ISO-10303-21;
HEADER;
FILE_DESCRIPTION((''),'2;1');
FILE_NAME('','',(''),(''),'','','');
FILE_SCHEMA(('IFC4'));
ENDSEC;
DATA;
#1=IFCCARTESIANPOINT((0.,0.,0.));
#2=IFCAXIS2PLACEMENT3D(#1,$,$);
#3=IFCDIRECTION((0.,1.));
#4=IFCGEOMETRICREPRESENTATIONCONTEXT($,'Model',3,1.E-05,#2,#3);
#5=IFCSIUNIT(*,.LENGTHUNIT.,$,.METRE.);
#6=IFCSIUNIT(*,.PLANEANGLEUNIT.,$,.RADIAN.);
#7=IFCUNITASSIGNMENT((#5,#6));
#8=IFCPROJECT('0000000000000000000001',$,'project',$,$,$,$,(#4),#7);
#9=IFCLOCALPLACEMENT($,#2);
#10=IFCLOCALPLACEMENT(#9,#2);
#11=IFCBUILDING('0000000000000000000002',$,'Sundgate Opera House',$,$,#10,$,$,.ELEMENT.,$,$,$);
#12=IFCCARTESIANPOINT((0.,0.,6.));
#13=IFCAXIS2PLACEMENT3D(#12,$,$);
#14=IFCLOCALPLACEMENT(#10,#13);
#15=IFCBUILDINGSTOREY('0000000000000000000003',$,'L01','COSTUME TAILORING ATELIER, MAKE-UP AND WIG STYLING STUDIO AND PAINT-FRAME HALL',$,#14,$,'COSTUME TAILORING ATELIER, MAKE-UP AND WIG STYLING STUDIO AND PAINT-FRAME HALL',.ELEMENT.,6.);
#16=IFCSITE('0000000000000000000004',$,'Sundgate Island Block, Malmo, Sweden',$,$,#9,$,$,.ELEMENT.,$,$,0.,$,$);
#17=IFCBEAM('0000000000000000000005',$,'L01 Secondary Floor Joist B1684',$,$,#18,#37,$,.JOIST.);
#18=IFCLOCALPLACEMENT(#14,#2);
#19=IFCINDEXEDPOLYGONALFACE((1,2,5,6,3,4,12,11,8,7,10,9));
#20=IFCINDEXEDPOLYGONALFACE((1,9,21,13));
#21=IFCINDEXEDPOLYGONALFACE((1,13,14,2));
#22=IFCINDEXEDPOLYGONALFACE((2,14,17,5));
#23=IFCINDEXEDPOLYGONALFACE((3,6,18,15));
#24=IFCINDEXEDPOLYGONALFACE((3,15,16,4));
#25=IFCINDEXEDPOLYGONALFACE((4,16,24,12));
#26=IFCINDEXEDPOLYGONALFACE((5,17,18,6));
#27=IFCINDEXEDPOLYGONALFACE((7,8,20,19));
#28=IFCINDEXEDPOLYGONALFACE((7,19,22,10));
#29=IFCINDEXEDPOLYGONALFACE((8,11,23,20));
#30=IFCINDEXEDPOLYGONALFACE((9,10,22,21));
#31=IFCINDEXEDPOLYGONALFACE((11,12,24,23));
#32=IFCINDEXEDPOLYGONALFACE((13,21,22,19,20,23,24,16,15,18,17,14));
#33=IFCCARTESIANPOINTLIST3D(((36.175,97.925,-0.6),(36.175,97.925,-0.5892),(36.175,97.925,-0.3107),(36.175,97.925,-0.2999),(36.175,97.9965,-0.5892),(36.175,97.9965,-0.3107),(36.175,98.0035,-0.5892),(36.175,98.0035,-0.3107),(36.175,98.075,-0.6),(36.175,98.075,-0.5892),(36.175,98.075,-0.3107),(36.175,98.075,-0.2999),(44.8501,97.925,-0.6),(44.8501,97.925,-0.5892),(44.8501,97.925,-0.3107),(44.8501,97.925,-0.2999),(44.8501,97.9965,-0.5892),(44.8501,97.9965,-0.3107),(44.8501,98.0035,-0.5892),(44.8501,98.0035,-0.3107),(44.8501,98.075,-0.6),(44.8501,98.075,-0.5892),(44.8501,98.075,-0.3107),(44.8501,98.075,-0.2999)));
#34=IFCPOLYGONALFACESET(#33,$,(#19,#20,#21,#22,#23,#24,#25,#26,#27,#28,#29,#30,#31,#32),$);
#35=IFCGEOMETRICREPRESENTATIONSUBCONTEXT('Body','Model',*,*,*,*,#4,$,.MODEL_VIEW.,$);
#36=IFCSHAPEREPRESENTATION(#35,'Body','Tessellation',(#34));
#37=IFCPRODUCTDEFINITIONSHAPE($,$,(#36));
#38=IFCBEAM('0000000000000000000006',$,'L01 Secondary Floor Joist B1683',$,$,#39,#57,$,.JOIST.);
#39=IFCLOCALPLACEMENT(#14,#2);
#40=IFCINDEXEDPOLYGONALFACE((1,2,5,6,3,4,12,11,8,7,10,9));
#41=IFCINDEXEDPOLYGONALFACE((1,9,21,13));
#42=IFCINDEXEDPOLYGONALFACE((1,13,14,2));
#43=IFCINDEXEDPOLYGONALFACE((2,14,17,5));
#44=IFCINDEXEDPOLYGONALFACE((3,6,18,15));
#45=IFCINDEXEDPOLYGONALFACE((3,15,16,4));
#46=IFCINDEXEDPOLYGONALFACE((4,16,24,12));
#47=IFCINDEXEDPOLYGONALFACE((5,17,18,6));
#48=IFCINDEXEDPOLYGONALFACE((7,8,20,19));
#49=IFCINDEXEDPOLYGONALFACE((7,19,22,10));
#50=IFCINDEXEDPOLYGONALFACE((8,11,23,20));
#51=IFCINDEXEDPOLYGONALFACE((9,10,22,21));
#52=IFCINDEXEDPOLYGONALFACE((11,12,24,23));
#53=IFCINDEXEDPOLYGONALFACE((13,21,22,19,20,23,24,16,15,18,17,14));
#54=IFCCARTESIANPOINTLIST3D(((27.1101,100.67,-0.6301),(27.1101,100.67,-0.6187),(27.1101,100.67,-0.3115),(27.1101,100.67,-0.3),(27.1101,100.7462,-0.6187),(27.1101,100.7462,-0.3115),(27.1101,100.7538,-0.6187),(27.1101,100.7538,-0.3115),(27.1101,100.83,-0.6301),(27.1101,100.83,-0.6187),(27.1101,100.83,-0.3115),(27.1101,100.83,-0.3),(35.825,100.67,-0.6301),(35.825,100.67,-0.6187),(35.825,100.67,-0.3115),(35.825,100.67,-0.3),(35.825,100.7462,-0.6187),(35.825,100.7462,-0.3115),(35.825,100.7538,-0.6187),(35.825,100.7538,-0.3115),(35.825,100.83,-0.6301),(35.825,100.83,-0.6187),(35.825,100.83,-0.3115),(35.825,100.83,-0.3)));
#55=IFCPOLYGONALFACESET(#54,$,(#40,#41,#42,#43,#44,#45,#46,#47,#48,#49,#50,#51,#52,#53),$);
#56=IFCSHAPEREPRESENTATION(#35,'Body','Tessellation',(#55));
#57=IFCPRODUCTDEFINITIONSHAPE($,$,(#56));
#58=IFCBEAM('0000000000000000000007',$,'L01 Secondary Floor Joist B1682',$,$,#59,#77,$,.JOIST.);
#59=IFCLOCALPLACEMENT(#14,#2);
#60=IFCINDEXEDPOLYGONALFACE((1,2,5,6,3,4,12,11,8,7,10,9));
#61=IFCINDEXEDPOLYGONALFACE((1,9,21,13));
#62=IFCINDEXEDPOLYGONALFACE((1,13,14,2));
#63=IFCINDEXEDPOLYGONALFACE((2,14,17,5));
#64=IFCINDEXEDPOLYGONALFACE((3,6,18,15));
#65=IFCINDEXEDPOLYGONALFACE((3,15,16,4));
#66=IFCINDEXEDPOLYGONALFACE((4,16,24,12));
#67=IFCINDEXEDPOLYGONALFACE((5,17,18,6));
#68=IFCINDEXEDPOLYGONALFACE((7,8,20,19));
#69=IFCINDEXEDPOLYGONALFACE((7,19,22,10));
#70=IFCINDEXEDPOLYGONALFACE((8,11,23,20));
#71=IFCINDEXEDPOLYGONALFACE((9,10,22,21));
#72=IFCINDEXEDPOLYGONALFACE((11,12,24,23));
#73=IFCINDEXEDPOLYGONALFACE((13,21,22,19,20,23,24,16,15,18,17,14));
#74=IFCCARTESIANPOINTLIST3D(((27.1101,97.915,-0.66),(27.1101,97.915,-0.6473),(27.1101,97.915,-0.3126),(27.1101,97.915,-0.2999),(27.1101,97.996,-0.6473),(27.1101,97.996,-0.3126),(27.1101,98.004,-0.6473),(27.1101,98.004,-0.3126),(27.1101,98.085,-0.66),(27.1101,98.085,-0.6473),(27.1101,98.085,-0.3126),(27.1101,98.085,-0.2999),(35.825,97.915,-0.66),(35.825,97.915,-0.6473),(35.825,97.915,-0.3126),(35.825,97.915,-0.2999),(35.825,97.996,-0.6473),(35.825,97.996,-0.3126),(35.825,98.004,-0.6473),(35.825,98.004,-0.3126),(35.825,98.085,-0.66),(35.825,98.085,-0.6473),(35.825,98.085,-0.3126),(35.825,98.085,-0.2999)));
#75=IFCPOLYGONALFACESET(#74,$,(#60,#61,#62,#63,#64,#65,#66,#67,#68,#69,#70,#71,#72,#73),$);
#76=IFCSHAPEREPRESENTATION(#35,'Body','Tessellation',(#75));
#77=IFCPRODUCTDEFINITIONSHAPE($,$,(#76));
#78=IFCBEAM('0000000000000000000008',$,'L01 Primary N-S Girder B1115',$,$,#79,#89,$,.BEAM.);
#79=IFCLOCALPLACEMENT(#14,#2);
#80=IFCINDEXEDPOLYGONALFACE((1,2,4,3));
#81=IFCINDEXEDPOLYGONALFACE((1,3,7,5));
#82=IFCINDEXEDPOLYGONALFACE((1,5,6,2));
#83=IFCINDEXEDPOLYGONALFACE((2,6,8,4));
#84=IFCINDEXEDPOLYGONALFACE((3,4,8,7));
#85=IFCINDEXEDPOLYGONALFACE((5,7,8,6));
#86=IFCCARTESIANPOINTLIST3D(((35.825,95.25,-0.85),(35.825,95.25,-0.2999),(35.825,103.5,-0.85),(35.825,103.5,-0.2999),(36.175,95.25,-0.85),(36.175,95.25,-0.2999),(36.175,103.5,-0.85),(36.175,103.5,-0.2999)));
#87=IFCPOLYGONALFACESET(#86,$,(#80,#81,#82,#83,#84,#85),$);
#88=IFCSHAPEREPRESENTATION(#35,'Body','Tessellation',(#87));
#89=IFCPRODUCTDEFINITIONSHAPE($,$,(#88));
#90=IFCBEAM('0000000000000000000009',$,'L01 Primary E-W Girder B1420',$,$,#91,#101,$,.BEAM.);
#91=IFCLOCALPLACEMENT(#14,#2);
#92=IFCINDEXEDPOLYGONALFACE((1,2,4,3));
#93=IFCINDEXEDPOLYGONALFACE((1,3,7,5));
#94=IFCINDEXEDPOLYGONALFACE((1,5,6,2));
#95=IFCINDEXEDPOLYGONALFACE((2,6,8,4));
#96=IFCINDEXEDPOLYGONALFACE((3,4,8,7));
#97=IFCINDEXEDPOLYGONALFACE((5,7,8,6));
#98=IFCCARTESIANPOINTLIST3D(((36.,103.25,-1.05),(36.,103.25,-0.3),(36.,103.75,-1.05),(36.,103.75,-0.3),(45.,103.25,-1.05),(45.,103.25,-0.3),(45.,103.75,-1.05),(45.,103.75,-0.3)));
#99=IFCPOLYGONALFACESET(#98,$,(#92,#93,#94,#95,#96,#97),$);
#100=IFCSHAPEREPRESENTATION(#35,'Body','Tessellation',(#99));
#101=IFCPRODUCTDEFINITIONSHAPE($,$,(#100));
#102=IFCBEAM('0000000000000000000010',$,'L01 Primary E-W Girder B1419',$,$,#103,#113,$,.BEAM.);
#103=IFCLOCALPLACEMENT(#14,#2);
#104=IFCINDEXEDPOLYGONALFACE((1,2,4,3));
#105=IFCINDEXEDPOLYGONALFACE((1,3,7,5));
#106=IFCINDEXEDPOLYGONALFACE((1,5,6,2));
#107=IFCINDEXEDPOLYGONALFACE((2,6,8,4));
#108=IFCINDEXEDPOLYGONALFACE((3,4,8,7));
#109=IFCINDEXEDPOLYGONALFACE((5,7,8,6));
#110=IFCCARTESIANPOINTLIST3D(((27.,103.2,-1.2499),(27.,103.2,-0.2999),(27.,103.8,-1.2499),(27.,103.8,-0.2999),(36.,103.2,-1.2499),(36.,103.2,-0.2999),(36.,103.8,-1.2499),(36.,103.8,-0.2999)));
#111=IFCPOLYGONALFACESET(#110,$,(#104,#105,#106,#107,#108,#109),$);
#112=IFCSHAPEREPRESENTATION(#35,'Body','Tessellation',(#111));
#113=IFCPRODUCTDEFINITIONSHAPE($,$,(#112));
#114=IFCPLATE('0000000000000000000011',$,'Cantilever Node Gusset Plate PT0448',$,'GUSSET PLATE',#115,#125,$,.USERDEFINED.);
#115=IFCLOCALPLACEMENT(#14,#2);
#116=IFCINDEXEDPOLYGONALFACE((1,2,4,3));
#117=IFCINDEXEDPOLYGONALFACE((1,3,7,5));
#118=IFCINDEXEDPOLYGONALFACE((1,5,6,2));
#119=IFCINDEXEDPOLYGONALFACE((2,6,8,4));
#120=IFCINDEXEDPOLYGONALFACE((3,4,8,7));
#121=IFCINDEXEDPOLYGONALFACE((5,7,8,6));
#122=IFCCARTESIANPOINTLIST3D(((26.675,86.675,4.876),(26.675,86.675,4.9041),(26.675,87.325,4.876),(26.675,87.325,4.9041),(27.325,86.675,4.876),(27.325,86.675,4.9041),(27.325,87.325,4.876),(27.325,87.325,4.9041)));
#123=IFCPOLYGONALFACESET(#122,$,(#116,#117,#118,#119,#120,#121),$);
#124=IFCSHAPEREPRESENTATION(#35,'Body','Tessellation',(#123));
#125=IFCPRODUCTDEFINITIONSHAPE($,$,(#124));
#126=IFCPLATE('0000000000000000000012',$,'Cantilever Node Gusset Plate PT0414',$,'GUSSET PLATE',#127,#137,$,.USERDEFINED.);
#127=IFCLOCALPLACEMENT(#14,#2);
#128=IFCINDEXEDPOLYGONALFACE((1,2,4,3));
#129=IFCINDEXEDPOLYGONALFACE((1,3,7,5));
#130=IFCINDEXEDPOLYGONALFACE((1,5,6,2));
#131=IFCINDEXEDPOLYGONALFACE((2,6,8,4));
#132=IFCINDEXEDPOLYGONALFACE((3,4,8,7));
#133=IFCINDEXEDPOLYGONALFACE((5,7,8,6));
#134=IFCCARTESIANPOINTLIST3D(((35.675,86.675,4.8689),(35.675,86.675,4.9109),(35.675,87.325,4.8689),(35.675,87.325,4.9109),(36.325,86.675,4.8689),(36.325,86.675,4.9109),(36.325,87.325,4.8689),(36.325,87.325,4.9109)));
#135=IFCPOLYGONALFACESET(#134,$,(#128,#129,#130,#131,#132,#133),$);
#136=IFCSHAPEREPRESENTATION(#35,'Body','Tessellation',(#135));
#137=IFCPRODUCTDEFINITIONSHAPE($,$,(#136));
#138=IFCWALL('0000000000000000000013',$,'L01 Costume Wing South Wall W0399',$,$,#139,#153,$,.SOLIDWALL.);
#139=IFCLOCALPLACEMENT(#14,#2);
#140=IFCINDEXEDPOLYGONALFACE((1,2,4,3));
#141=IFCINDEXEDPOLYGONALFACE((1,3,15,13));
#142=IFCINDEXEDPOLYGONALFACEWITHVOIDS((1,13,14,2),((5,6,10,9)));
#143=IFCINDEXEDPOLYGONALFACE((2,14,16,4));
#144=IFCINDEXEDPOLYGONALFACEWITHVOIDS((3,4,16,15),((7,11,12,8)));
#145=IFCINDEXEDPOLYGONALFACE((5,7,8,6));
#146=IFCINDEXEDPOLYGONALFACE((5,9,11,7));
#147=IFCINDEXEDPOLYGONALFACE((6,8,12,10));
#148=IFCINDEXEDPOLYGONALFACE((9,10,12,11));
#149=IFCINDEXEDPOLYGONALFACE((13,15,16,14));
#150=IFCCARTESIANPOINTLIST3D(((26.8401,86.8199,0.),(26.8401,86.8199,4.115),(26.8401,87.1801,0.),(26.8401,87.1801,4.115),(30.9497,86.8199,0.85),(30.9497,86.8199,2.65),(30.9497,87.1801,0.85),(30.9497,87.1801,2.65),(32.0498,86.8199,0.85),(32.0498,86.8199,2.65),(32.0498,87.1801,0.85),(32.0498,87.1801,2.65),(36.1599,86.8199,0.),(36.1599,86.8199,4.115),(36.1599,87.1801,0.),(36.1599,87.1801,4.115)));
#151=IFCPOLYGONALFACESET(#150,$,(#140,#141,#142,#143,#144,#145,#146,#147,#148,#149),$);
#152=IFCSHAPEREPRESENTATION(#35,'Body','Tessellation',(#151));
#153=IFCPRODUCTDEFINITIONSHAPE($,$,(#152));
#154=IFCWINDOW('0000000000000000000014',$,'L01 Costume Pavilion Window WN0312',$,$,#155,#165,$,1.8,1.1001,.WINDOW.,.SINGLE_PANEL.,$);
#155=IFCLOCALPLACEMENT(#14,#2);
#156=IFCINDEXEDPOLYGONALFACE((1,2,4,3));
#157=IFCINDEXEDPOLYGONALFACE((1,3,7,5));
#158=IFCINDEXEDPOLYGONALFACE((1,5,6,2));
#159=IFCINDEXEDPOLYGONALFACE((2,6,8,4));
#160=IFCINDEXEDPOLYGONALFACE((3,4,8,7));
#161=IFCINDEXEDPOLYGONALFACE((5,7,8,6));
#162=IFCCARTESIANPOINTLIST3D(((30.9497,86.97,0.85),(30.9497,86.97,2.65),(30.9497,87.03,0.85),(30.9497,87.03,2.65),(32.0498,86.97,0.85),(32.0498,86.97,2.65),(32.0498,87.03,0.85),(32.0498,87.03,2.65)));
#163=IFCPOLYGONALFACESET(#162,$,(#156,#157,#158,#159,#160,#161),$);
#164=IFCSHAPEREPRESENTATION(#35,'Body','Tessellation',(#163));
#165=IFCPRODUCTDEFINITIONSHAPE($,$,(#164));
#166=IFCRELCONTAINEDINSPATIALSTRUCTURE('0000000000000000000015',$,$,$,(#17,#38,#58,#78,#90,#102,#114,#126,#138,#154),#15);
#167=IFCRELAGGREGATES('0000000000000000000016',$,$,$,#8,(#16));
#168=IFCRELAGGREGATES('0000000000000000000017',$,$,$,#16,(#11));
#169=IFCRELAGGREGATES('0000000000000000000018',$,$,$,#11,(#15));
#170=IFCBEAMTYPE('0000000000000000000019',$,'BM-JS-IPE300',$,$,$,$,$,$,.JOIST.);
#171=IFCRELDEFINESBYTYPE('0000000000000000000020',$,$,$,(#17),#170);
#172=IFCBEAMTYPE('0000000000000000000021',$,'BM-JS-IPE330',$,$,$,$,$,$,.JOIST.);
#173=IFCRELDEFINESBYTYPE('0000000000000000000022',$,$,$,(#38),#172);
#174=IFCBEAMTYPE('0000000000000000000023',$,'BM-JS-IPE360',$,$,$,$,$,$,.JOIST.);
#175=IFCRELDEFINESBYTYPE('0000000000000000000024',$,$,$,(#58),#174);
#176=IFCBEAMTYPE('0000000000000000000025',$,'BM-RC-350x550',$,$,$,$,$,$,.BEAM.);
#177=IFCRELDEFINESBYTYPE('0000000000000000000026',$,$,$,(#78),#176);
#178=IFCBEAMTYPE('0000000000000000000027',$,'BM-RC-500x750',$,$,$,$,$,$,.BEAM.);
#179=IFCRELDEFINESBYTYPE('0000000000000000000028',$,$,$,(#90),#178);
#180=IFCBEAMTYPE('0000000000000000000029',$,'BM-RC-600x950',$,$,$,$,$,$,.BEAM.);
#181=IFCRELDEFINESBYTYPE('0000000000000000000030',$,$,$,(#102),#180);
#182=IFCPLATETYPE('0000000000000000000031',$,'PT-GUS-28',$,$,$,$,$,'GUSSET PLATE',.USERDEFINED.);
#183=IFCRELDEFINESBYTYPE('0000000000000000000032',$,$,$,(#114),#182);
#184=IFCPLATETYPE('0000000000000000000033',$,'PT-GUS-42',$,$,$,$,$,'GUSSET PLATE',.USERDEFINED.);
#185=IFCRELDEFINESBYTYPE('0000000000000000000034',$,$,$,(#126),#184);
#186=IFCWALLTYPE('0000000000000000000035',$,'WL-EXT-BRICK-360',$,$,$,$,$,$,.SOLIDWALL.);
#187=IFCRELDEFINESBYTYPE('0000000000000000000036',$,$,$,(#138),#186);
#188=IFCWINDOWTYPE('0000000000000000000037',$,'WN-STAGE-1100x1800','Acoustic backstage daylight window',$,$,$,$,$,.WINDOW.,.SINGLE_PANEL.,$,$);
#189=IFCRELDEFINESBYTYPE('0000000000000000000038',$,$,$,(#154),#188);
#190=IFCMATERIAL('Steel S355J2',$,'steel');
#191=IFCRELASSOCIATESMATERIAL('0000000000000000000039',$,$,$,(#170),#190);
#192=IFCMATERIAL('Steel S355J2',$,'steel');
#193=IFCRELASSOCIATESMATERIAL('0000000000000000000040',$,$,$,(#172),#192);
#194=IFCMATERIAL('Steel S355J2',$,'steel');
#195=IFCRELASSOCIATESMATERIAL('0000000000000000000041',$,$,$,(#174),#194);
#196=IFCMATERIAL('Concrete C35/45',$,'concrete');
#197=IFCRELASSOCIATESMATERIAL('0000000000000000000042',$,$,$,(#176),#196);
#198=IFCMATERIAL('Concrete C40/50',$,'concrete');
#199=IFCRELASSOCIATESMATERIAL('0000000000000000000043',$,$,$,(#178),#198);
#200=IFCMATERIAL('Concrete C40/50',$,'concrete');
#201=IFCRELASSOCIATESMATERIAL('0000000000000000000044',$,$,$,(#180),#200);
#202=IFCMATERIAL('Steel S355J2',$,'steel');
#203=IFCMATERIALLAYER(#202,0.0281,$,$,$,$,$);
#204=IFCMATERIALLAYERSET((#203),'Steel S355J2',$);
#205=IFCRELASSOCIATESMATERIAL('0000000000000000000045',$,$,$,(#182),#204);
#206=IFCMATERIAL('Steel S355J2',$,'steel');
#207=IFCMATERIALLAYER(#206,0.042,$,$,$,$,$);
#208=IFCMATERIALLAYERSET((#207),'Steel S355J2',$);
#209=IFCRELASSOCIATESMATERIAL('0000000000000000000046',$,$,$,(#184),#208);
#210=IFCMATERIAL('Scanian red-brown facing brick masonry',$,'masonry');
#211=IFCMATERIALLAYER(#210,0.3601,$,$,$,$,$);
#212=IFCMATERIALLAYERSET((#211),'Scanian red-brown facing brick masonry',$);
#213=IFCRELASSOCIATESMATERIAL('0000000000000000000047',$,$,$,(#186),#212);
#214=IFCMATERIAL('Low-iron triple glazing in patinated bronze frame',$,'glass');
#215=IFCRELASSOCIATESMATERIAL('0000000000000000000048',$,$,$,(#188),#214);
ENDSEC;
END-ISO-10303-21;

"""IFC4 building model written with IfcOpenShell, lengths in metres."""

from ifc_helpers import new_model, si_unit, direction, frame, frame_2d, origin, origin_2d, place, context, subcontext, project, spatial, rectangle, i_section, extrude, material, layer, layer_set, material_profile, profile_set, type_object, element, fill, save


model = new_model("IFC4")

# Units and contexts
model_context = context("Model", 3, precision=1e-05, world=origin(), true_north=direction((0.0, 1.0)))
body_context = subcontext(model_context, "Body", "Model", "MODEL_VIEW")
ifc_project = project(units=[si_unit("LENGTHUNIT", "METRE"), si_unit("PLANEANGLEUNIT", "RADIAN")], contexts=[model_context])

# Site, building, storey
site_placement = place(None, origin())
site = spatial("IfcSite", under=ifc_project, at=site_placement, Name="Sundgate Island Block, Malmo, Sweden", CompositionType="ELEMENT", RefElevation=0.0)
building_placement = place(site_placement, origin())
building = spatial("IfcBuilding", under=site, at=building_placement, Name="Sundgate Opera House", CompositionType="ELEMENT")
storey_placement = place(building_placement, frame((0.0, 0.0, 6.0)))
storey = spatial("IfcBuildingStorey", under=building, at=storey_placement, Name="L01", Description="COSTUME TAILORING ATELIER, MAKE-UP AND WIG STYLING STUDIO AND PAINT-FRAME HALL", LongName="COSTUME TAILORING ATELIER, MAKE-UP AND WIG STYLING STUDIO AND PAINT-FRAME HALL", CompositionType="ELEMENT", Elevation=6.0)

# Beams
ifc_material_1 = material(Name="Steel S355J2", Category="steel")
ifc_material_profile_1 = material_profile(ifc_material_1, i_section(OverallWidth=0.1499, OverallDepth=0.3, WebThickness=0.0071, FlangeThickness=0.0107, at=origin_2d()), Name="IPE 300")
ifc_profile_set_1 = profile_set([ifc_material_profile_1], Name="Steel S355J2")
beam_type_1 = type_object("IfcBeamType", Name="BM-JS-IPE300", PredefinedType="JOIST", material=ifc_profile_set_1)
beam_1_placement = place(storey_placement, frame((36.175, 98.0, -0.45), z_axis=(1.0, 0.0, 0.0), x_axis=(0.0, 1.0, 0.0)))
element("IfcBeam", 1, at=beam_1_placement, inside=storey, type_object=beam_type_1, Name="L01 Secondary Floor Joist B1684", PredefinedType="JOIST", context=body_context, shape_type="SweptSolid", body=[
    extrude(i_section(OverallWidth=0.1499, OverallDepth=0.3, WebThickness=0.0071, FlangeThickness=0.0107, at=origin_2d()), origin(), (0.0, 0.0, 1.0), 8.675),
])
ifc_material_2 = material(Name="Steel S355J2", Category="steel")
ifc_material_profile_2 = material_profile(ifc_material_2, i_section(OverallWidth=0.1599, OverallDepth=0.3301, WebThickness=0.0076, FlangeThickness=0.0115, at=origin_2d()), Name="IPE 330")
ifc_profile_set_2 = profile_set([ifc_material_profile_2], Name="Steel S355J2")
beam_type_2 = type_object("IfcBeamType", Name="BM-JS-IPE330", PredefinedType="JOIST", material=ifc_profile_set_2)
beam_2_placement = place(storey_placement, frame((27.1101, 100.75, -0.4651), z_axis=(1.0, 0.0, 0.0), x_axis=(0.0, 1.0, 0.0)))
element("IfcBeam", 2, at=beam_2_placement, inside=storey, type_object=beam_type_2, Name="L01 Secondary Floor Joist B1683", PredefinedType="JOIST", context=body_context, shape_type="SweptSolid", body=[
    extrude(i_section(OverallWidth=0.1599, OverallDepth=0.3301, WebThickness=0.0076, FlangeThickness=0.0115, at=origin_2d()), origin(), (0.0, 0.0, 1.0), 8.7148),
])
ifc_material_3 = material(Name="Steel S355J2", Category="steel")
ifc_material_profile_3 = material_profile(ifc_material_3, i_section(OverallWidth=0.1699, OverallDepth=0.3601, WebThickness=0.0081, FlangeThickness=0.0127, at=origin_2d()), Name="IPE 360")
ifc_profile_set_3 = profile_set([ifc_material_profile_3], Name="Steel S355J2")
beam_type_3 = type_object("IfcBeamType", Name="BM-JS-IPE360", PredefinedType="JOIST", material=ifc_profile_set_3)
beam_3_placement = place(storey_placement, frame((27.1101, 98.0, -0.48), z_axis=(1.0, 0.0, 0.0), x_axis=(0.0, 1.0, 0.0)))
element("IfcBeam", 3, at=beam_3_placement, inside=storey, type_object=beam_type_3, Name="L01 Secondary Floor Joist B1682", PredefinedType="JOIST", context=body_context, shape_type="SweptSolid", body=[
    extrude(i_section(OverallWidth=0.1699, OverallDepth=0.3601, WebThickness=0.0081, FlangeThickness=0.0127, at=origin_2d()), origin(), (0.0, 0.0, 1.0), 8.7148),
])
ifc_material_4 = material(Name="Concrete C35/45", Category="concrete")
ifc_material_profile_4 = material_profile(ifc_material_4, rectangle(XDim=0.3501, YDim=0.55, at=origin_2d()), Name="RC 350x550")
ifc_profile_set_4 = profile_set([ifc_material_profile_4], Name="Concrete C35/45")
beam_type_4 = type_object("IfcBeamType", Name="BM-RC-350x550", PredefinedType="BEAM", material=ifc_profile_set_4)
beam_4_placement = place(storey_placement, frame((36.0, 95.25, -0.575), z_axis=(0.0, 1.0, 0.0), x_axis=(-1.0, 0.0, 0.0)))
element("IfcBeam", 4, at=beam_4_placement, inside=storey, type_object=beam_type_4, Name="L01 Primary N-S Girder B1115", PredefinedType="BEAM", context=body_context, shape_type="SweptSolid", body=[
    extrude(rectangle(XDim=0.3501, YDim=0.55, at=origin_2d()), origin(), (0.0, 0.0, 1.0), 8.25),
])
ifc_material_5 = material(Name="Concrete C40/50", Category="concrete")
ifc_material_profile_5 = material_profile(ifc_material_5, rectangle(XDim=0.5, YDim=0.75, at=origin_2d()), Name="RC 500x750")
ifc_profile_set_5 = profile_set([ifc_material_profile_5], Name="Concrete C40/50")
beam_type_5 = type_object("IfcBeamType", Name="BM-RC-500x750", PredefinedType="BEAM", material=ifc_profile_set_5)
beam_5_placement = place(storey_placement, frame((36.0, 103.5, -0.675), z_axis=(1.0, 0.0, 0.0), x_axis=(0.0, 1.0, 0.0)))
element("IfcBeam", 5, at=beam_5_placement, inside=storey, type_object=beam_type_5, Name="L01 Primary E-W Girder B1420", PredefinedType="BEAM", context=body_context, shape_type="SweptSolid", body=[
    extrude(rectangle(XDim=0.5, YDim=0.75, at=origin_2d()), origin(), (0.0, 0.0, 1.0), 9.0),
])
ifc_material_6 = material(Name="Concrete C40/50", Category="concrete")
ifc_material_profile_6 = material_profile(ifc_material_6, rectangle(XDim=0.6001, YDim=0.95, at=origin_2d()), Name="RC 600x950")
ifc_profile_set_6 = profile_set([ifc_material_profile_6], Name="Concrete C40/50")
beam_type_6 = type_object("IfcBeamType", Name="BM-RC-600x950", PredefinedType="BEAM", material=ifc_profile_set_6)
beam_6_placement = place(storey_placement, frame((27.0, 103.5, -0.7749), z_axis=(1.0, 0.0, 0.0), x_axis=(0.0, 1.0, 0.0)))
element("IfcBeam", 6, at=beam_6_placement, inside=storey, type_object=beam_type_6, Name="L01 Primary E-W Girder B1419", PredefinedType="BEAM", context=body_context, shape_type="SweptSolid", body=[
    extrude(rectangle(XDim=0.6001, YDim=0.95, at=origin_2d()), origin(), (0.0, 0.0, 1.0), 9.0),
])

# Plates
ifc_material_7 = material(Name="Steel S355J2", Category="steel")
ifc_layer_1 = layer(ifc_material_7, 0.0281)
ifc_layer_set_1 = layer_set([ifc_layer_1], Name="Steel S355J2")
plate_type_1 = type_object("IfcPlateType", Name="PT-GUS-28", ElementType="GUSSET PLATE", PredefinedType="USERDEFINED", material=ifc_layer_set_1)
plate_1_placement = place(storey_placement, frame((27.0, 87.0, 4.876), z_axis=(0.0, 0.0, 1.0), x_axis=(1.0, 0.0, 0.0)))
element("IfcPlate", 7, at=plate_1_placement, inside=storey, type_object=plate_type_1, Name="Cantilever Node Gusset Plate PT0448", ObjectType="GUSSET PLATE", PredefinedType="USERDEFINED", context=body_context, shape_type="SweptSolid", body=[
    extrude(rectangle(XDim=0.6499, YDim=0.6499, at=origin_2d()), origin(), (0.0, 0.0, 1.0), 0.0281),
])
ifc_material_8 = material(Name="Steel S355J2", Category="steel")
ifc_layer_2 = layer(ifc_material_8, 0.042)
ifc_layer_set_2 = layer_set([ifc_layer_2], Name="Steel S355J2")
plate_type_2 = type_object("IfcPlateType", Name="PT-GUS-42", ElementType="GUSSET PLATE", PredefinedType="USERDEFINED", material=ifc_layer_set_2)
plate_2_placement = place(storey_placement, frame((36.0, 87.0, 4.8689), z_axis=(0.0, 0.0, 1.0), x_axis=(1.0, 0.0, 0.0)))
element("IfcPlate", 8, at=plate_2_placement, inside=storey, type_object=plate_type_2, Name="Cantilever Node Gusset Plate PT0414", ObjectType="GUSSET PLATE", PredefinedType="USERDEFINED", context=body_context, shape_type="SweptSolid", body=[
    extrude(rectangle(XDim=0.6499, YDim=0.6499, at=origin_2d()), origin(), (0.0, 0.0, 1.0), 0.042),
])

# Wall, opening, window
ifc_material_9 = material(Name="Scanian red-brown facing brick masonry", Category="masonry")
ifc_layer_3 = layer(ifc_material_9, 0.3601)
ifc_layer_set_3 = layer_set([ifc_layer_3], Name="Scanian red-brown facing brick masonry")
wall_type_1 = type_object("IfcWallType", Name="WL-EXT-BRICK-360", PredefinedType="SOLIDWALL", material=ifc_layer_set_3)
wall_1_placement = place(storey_placement, frame((36.1599, 87.0, 0.0), z_axis=(0.0, 0.0, 1.0), x_axis=(-1.0, 0.0, 0.0)))
wall_1 = element("IfcWall", 9, at=wall_1_placement, inside=storey, type_object=wall_type_1, Name="L01 Costume Wing South Wall W0399", PredefinedType="SOLIDWALL", context=body_context, shape_type="SweptSolid", body=[
    extrude(rectangle(XDim=9.3198, YDim=0.3601, at=frame_2d((4.6599, 0.0))), origin(), (0.0, 0.0, 1.0), 4.115),
])
opening_1_placement = place(wall_1_placement, frame((4.1101, 0.0, 0.8501)))
opening_1 = element("IfcOpeningElement", 10, at=opening_1_placement, cuts=wall_1, PredefinedType="OPENING", context=body_context, shape_type="SweptSolid", body=[
    extrude(rectangle(XDim=1.1001, YDim=1.8, at=frame_2d((0.55, 0.8999))), frame((0.0, 0.1899, 0.0), z_axis=(0.0, -1.0, 0.0), x_axis=(1.0, 0.0, 0.0)), (0.0, 0.0, 1.0), 0.3801),
])
ifc_material_10 = material(Name="Low-iron triple glazing in patinated bronze frame", Category="glass")
window_type = type_object("IfcWindowType", Name="WN-STAGE-1100x1800", Description="Acoustic backstage daylight window", PartitioningType="SINGLE_PANEL", PredefinedType="WINDOW", material=ifc_material_10)
window_placement = place(opening_1_placement, origin())
window = element("IfcWindow", 11, at=window_placement, inside=storey, type_object=window_type, Name="L01 Costume Pavilion Window WN0312", OverallHeight=1.8, OverallWidth=1.1001, PartitioningType="SINGLE_PANEL", PredefinedType="WINDOW", context=body_context, shape_type="SweptSolid", body=[
    extrude(rectangle(XDim=1.1001, YDim=1.8, at=frame_2d((0.55, 0.8999))), frame((0.0, 0.03, 0.0), z_axis=(0.0, -1.0, 0.0), x_axis=(1.0, 0.0, 0.0)), (0.0, 0.0, 1.0), 0.0601),
])
fill(opening_1, window)

save(model, "model.ifc")
